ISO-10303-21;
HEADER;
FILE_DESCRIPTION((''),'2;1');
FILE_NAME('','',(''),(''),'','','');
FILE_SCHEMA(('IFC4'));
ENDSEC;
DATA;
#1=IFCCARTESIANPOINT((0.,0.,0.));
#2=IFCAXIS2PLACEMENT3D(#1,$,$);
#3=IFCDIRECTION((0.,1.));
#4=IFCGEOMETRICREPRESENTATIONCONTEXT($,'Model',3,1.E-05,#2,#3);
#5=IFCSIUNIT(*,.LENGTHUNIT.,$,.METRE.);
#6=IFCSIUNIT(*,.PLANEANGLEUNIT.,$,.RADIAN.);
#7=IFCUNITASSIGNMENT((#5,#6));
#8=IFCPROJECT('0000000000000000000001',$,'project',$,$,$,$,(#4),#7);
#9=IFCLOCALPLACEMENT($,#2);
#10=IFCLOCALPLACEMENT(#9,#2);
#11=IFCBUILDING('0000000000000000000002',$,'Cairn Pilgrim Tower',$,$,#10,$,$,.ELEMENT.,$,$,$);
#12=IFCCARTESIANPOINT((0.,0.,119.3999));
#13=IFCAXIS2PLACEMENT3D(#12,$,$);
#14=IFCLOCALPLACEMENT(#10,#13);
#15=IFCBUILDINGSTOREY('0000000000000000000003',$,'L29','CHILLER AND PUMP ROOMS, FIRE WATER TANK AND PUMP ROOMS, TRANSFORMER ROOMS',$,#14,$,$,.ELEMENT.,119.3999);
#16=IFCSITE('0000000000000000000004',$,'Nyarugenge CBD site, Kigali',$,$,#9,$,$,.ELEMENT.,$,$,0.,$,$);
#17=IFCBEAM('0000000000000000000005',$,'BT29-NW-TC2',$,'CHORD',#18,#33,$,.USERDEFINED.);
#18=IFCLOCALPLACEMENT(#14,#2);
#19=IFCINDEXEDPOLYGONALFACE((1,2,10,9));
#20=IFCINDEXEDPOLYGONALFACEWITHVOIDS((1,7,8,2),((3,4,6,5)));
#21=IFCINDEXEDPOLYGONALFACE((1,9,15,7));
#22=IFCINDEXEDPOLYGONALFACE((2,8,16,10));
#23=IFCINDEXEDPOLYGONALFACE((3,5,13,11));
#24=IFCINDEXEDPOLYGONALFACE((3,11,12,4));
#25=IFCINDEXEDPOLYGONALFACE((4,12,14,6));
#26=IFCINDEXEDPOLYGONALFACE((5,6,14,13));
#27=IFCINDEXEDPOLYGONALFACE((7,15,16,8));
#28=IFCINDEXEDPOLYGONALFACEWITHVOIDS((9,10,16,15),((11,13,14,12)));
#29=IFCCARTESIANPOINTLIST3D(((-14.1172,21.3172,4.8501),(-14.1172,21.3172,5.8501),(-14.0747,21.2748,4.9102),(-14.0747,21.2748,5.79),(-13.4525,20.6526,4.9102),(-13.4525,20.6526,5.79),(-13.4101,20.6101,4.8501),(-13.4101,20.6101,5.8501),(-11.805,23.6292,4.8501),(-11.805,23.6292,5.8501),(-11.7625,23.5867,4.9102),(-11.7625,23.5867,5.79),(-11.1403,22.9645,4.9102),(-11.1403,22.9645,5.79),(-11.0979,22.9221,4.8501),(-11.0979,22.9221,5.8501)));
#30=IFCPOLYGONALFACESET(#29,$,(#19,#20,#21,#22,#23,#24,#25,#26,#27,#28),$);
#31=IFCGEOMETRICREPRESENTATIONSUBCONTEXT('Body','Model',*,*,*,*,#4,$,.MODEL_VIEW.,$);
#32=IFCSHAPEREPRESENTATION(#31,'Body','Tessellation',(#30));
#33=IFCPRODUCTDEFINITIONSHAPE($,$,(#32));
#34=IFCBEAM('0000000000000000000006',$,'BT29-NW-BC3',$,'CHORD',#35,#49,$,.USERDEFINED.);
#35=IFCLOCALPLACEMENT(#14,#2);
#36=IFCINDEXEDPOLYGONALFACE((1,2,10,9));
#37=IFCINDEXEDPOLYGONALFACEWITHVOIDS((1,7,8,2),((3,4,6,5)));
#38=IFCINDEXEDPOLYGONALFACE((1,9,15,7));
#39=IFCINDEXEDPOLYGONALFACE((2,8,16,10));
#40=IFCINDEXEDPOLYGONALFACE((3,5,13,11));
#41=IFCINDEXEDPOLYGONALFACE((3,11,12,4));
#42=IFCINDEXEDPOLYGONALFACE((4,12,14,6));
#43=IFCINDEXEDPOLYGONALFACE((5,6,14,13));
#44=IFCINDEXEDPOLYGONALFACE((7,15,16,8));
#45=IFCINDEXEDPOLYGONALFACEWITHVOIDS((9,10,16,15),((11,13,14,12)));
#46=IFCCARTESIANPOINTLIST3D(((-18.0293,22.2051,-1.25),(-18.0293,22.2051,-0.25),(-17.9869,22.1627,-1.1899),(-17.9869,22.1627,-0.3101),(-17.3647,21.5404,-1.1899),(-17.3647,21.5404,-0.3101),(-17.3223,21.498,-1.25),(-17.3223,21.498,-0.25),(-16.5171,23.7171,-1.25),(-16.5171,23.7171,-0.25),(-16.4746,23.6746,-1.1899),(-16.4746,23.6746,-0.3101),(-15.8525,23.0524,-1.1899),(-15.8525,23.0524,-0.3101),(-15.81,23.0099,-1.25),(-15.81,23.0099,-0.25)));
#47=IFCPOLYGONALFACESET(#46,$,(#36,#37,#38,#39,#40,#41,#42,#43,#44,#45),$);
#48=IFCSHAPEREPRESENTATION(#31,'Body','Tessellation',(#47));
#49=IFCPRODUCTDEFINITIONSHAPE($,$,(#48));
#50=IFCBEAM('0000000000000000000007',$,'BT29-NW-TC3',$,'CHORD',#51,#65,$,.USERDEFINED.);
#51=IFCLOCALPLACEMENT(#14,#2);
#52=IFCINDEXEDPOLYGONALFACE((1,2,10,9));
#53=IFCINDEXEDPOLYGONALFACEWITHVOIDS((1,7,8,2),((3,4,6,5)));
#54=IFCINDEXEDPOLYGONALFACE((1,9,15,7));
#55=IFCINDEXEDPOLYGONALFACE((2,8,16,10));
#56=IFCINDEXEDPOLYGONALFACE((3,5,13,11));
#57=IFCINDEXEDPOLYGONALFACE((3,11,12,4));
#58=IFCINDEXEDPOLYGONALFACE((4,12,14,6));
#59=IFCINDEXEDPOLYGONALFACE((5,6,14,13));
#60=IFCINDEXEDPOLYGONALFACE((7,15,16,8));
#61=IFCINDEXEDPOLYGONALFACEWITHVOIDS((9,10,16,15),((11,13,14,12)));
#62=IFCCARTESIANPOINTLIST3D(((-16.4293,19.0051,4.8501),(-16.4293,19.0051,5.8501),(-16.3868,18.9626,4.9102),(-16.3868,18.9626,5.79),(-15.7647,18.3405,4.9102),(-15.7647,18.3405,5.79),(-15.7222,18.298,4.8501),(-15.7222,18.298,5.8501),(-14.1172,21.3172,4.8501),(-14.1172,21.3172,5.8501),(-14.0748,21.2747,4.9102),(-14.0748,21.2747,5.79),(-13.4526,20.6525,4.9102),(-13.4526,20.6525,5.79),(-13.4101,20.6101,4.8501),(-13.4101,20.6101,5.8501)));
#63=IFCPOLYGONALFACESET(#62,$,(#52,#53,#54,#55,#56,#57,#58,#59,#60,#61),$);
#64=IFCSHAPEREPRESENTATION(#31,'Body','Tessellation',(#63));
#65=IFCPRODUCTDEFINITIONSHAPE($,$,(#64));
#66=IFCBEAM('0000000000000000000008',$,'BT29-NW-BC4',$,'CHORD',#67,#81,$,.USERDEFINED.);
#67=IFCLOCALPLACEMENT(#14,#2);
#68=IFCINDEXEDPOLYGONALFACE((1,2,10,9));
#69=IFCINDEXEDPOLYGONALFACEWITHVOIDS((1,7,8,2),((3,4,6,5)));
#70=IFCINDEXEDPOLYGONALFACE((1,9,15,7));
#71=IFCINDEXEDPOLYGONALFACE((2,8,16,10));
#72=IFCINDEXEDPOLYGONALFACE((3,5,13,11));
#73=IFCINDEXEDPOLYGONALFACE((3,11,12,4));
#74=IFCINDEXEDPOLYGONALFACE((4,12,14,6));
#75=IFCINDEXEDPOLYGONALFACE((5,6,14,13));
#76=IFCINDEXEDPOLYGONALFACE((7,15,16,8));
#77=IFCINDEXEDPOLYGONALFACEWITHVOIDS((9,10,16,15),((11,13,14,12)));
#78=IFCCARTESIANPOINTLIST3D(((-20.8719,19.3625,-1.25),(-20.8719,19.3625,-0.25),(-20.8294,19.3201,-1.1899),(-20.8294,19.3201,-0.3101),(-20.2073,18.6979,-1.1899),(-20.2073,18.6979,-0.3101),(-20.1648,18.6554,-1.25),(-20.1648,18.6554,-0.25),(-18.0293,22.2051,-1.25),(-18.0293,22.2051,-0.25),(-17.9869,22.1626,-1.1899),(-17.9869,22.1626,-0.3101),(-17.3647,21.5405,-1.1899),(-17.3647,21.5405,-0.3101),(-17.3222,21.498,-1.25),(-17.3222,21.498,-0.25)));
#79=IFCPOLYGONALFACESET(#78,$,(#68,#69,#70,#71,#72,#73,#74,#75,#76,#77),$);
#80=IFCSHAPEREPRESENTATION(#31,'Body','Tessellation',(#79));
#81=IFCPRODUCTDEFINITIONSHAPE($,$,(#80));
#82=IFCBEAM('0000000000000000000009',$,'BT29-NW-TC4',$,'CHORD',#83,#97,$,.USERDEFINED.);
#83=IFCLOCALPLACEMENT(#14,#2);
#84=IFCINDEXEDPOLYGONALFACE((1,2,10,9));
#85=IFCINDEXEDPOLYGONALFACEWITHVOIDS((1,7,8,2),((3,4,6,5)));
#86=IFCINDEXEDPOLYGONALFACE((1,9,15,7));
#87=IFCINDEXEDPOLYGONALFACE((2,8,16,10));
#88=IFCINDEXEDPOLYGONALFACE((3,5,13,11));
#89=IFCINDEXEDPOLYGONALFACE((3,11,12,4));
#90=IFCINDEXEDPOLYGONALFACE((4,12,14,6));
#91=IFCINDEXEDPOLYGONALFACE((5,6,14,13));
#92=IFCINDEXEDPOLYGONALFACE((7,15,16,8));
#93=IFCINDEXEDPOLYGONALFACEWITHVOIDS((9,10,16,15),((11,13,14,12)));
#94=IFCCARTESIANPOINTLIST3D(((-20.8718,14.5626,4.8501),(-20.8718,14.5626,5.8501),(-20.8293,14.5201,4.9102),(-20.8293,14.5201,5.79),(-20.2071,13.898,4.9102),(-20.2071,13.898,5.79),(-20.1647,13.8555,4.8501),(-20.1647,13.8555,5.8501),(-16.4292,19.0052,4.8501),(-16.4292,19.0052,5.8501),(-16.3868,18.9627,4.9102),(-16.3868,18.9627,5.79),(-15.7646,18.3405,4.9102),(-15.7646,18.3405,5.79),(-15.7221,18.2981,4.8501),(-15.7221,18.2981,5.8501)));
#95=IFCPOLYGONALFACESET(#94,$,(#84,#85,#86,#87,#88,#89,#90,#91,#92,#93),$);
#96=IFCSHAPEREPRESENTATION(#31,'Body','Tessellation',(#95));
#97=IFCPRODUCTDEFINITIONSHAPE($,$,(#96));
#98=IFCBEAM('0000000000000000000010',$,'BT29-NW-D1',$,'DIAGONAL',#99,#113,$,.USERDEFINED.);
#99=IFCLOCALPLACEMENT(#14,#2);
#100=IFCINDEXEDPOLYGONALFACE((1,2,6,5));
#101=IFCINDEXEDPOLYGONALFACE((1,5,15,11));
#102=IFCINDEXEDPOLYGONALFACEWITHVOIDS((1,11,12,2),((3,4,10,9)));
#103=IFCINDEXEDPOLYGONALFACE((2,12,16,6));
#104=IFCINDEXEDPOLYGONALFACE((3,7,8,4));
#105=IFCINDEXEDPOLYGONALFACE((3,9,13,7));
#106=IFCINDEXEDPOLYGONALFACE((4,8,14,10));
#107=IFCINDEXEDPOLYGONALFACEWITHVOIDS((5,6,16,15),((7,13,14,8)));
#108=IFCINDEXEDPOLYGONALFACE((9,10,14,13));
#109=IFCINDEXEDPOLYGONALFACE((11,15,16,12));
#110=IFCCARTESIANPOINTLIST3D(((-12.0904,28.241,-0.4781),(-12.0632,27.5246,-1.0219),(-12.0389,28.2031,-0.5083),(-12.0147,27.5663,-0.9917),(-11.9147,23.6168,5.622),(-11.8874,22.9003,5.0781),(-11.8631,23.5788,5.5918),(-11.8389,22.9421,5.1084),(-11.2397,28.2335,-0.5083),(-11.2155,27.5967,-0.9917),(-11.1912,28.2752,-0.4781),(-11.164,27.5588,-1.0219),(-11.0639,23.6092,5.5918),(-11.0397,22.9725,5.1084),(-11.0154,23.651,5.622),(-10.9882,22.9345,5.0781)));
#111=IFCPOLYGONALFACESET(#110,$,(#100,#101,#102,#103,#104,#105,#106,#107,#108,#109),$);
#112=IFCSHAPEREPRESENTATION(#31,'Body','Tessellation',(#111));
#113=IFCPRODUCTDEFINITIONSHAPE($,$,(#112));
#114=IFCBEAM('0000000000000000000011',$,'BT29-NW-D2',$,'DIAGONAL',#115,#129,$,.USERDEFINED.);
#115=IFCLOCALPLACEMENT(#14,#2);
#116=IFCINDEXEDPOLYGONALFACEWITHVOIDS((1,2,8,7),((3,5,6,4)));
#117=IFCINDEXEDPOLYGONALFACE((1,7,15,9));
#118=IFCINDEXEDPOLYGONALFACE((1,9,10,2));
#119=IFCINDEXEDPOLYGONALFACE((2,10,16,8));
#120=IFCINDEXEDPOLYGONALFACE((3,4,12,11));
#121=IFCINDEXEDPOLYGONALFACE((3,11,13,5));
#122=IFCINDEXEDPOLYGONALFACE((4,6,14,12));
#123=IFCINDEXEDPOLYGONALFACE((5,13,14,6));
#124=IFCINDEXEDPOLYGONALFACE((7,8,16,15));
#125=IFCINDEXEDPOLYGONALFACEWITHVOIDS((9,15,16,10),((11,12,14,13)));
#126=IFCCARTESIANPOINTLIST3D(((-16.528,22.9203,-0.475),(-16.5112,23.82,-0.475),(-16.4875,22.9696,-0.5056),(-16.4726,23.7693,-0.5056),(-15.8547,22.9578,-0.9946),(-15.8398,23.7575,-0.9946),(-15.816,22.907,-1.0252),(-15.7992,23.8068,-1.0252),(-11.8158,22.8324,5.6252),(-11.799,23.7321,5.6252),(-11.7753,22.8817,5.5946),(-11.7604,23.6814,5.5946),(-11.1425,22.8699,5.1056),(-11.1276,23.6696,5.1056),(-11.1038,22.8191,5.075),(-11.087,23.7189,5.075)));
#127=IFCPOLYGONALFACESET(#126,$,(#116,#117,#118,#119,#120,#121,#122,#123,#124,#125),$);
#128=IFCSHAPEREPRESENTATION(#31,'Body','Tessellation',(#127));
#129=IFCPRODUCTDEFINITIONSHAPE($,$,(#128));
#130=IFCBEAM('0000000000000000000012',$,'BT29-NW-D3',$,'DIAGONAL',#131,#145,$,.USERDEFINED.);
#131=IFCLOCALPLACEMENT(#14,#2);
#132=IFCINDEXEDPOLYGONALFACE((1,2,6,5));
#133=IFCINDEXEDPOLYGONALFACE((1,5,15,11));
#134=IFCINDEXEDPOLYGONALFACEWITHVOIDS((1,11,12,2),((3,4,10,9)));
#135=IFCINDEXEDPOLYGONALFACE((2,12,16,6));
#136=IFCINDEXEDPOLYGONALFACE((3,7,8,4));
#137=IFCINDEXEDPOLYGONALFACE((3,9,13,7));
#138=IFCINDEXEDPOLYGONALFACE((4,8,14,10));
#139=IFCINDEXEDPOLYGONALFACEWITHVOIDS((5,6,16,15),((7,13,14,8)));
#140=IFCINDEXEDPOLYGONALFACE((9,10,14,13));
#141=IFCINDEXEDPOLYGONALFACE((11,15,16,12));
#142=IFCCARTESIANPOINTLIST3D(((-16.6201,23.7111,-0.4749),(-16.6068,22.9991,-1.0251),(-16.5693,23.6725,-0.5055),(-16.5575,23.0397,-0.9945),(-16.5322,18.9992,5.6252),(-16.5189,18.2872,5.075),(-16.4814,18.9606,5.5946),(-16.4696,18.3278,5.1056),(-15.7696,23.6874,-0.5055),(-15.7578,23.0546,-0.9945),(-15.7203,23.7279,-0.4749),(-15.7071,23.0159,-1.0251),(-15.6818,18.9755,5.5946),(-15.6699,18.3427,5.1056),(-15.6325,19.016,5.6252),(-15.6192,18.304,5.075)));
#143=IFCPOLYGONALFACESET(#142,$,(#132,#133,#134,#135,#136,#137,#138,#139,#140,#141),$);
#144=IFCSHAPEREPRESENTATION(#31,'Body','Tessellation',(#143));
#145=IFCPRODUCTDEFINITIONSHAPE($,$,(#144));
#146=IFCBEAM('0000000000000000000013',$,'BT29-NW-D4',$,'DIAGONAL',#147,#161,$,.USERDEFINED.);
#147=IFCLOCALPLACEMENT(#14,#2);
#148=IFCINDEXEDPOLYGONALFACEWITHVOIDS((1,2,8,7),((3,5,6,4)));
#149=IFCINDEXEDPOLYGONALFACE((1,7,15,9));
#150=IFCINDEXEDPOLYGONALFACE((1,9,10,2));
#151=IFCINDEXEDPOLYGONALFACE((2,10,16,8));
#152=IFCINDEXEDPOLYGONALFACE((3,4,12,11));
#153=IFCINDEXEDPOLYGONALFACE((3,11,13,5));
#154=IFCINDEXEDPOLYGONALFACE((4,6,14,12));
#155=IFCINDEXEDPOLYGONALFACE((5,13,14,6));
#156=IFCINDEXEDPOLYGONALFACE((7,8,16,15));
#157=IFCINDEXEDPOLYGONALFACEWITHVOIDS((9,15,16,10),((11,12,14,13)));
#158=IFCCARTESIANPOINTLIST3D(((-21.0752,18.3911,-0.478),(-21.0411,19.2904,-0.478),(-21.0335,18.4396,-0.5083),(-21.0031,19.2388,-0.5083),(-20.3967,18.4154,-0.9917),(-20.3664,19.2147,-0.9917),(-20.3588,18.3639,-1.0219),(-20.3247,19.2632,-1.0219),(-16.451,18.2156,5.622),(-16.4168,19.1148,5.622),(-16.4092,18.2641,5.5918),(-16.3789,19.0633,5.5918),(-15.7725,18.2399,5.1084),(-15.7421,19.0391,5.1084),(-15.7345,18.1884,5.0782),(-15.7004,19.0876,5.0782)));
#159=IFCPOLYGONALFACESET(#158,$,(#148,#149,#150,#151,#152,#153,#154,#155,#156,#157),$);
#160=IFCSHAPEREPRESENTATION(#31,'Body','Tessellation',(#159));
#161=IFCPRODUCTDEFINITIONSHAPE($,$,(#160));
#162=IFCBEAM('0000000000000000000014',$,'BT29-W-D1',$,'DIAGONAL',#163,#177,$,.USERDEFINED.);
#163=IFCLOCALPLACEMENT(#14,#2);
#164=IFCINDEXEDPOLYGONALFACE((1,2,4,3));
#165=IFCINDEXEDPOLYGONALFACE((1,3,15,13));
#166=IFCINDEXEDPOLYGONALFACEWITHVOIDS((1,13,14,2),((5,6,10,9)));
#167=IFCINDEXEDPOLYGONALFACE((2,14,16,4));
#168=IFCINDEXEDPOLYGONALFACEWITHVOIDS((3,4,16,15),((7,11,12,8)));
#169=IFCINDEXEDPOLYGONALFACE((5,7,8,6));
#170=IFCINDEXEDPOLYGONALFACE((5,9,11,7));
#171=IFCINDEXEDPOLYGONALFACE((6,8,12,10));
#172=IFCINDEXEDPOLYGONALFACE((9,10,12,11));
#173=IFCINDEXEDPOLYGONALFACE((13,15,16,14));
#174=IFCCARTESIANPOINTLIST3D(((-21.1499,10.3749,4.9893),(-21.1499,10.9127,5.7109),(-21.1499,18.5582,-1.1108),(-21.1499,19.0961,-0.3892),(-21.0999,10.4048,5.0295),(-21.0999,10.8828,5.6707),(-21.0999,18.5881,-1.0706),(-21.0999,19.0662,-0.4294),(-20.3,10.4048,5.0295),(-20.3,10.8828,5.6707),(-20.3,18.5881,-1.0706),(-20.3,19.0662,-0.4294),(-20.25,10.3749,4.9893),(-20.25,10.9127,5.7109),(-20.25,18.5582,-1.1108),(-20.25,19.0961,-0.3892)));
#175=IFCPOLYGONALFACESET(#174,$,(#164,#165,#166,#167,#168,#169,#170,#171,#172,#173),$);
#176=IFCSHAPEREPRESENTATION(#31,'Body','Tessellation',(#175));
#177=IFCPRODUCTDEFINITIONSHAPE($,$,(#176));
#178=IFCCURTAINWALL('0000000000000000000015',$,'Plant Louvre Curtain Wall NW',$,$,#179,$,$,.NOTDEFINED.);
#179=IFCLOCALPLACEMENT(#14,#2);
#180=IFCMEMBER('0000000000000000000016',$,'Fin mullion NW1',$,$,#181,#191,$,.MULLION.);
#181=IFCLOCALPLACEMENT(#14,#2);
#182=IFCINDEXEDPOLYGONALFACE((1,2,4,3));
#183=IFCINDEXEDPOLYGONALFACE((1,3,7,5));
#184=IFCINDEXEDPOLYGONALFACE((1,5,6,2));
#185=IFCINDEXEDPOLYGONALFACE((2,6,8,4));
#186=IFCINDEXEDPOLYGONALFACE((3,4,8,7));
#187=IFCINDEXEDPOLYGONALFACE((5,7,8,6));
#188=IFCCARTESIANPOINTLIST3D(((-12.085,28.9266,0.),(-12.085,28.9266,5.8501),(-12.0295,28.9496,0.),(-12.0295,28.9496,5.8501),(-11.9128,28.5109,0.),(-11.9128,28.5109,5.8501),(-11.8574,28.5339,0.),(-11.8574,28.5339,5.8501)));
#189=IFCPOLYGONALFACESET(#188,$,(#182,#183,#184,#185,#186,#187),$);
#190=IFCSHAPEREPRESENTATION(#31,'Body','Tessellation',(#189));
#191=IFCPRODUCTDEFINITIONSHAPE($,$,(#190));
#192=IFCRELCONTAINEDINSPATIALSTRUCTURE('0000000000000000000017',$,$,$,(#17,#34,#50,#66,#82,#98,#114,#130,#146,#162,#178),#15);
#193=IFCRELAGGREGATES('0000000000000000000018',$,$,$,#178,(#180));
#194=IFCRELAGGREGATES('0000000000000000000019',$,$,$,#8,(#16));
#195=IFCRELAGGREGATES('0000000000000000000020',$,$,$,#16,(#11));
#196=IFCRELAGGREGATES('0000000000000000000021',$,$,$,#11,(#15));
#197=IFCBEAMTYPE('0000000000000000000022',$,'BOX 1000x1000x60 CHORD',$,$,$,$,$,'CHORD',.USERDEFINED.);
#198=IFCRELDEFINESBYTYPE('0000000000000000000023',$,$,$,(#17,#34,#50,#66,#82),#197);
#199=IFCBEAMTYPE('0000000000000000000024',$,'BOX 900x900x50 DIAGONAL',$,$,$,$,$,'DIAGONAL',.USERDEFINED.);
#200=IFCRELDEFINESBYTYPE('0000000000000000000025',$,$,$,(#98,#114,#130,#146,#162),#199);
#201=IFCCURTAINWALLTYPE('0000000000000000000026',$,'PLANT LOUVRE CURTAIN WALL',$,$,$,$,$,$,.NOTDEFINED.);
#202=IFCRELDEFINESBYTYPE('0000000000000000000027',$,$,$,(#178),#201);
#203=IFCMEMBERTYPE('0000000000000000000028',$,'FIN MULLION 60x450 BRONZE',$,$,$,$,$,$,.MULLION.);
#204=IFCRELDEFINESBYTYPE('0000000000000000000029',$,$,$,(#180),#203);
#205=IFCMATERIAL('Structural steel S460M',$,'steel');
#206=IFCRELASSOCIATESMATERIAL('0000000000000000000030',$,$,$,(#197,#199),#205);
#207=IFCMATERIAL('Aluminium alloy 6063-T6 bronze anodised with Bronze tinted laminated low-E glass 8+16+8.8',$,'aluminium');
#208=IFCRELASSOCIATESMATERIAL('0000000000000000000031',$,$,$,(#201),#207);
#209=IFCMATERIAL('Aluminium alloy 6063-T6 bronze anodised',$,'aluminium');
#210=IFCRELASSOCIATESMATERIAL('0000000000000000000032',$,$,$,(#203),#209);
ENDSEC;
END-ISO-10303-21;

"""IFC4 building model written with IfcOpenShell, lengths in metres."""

from ifc_helpers import new_model, si_unit, direction, frame, origin, origin_2d, place, context, subcontext, project, spatial, rectangle, hollow_rectangle, extrude, material, material_profile, profile_set, type_object, element, aggregate, save


model = new_model("IFC4")

# Units and contexts
model_context = context("Model", 3, precision=1e-05, world=origin(), true_north=direction((0.0, 1.0)))
body_context = subcontext(model_context, "Body", "Model", "MODEL_VIEW")
ifc_project = project(units=[si_unit("LENGTHUNIT", "METRE"), si_unit("PLANEANGLEUNIT", "RADIAN")], contexts=[model_context])

# Site, building, storey
site_placement = place(None, origin())
site = spatial("IfcSite", under=ifc_project, at=site_placement, Name="Nyarugenge CBD site, Kigali", CompositionType="ELEMENT", RefElevation=0.0)
building_placement = place(site_placement, origin())
building = spatial("IfcBuilding", under=site, at=building_placement, Name="Cairn Pilgrim Tower", CompositionType="ELEMENT")
storey_placement = place(building_placement, frame((0.0, 0.0, 119.3999)))
storey = spatial("IfcBuildingStorey", under=building, at=storey_placement, Name="L29", Description="CHILLER AND PUMP ROOMS, FIRE WATER TANK AND PUMP ROOMS, TRANSFORMER ROOMS", CompositionType="ELEMENT", Elevation=119.3999)

# Shared definitions
ifc_material_1 = material(Name="Structural steel S460M", Category="steel")

# Beams
ifc_material_profile_1 = material_profile(ifc_material_1, hollow_rectangle(XDim=1.0, YDim=1.0, WallThickness=0.0601, at=origin_2d()), Name="BOX 1000x1000x60")
ifc_profile_set_1 = profile_set([ifc_material_profile_1], Name="Structural steel S460M")
beam_type_1 = type_object("IfcBeamType", Name="BOX 1000x1000x60 CHORD", ElementType="CHORD", PredefinedType="USERDEFINED", material=ifc_profile_set_1)
beam_1_placement = place(storey_placement, frame((-11.4514, 23.2756, 5.3501), z_axis=(-0.707144, -0.707069, 0.0), x_axis=(0.707069, -0.707144, 0.0)))
element("IfcBeam", 1, at=beam_1_placement, inside=storey, type_object=beam_type_1, Name="BT29-NW-TC2", ObjectType="CHORD", PredefinedType="USERDEFINED", context=body_context, shape_type="SweptSolid", body=[
    extrude(hollow_rectangle(XDim=1.0, YDim=1.0, WallThickness=0.0601, at=origin_2d()), origin(), (0.0, 0.0, 1.0), 3.2698),
])
beam_2_placement = place(storey_placement, frame((-16.1636, 23.3635, -0.75), z_axis=(-0.707164, -0.70705, 0.0), x_axis=(0.70705, -0.707164, 0.0)))
element("IfcBeam", 2, at=beam_2_placement, inside=storey, type_object=beam_type_1, Name="BT29-NW-BC3", ObjectType="CHORD", PredefinedType="USERDEFINED", context=body_context, shape_type="SweptSolid", body=[
    extrude(hollow_rectangle(XDim=1.0, YDim=1.0, WallThickness=0.0601, at=origin_2d()), origin(), (0.0, 0.0, 1.0), 2.1384),
])
beam_3_placement = place(storey_placement, frame((-13.7637, 20.9636, 5.3501), z_axis=(-0.707107, -0.707107, 0.0), x_axis=(0.707107, -0.707107, 0.0)))
element("IfcBeam", 3, at=beam_3_placement, inside=storey, type_object=beam_type_1, Name="BT29-NW-TC3", ObjectType="CHORD", PredefinedType="USERDEFINED", context=body_context, shape_type="SweptSolid", body=[
    extrude(hollow_rectangle(XDim=1.0, YDim=1.0, WallThickness=0.0601, at=origin_2d()), origin(), (0.0, 0.0, 1.0), 3.2698),
])
beam_4_placement = place(storey_placement, frame((-17.6758, 21.8516, -0.75), z_axis=(-0.707107, -0.707107, 0.0), x_axis=(0.707107, -0.707107, 0.0)))
element("IfcBeam", 4, at=beam_4_placement, inside=storey, type_object=beam_type_1, Name="BT29-NW-BC4", ObjectType="CHORD", PredefinedType="USERDEFINED", context=body_context, shape_type="SweptSolid", body=[
    extrude(hollow_rectangle(XDim=1.0, YDim=1.0, WallThickness=0.0601, at=origin_2d()), origin(), (0.0, 0.0, 1.0), 4.02),
])
beam_5_placement = place(storey_placement, frame((-16.0757, 18.6516, 5.3501), z_axis=(-0.707107, -0.707107, 0.0), x_axis=(0.707107, -0.707107, 0.0)))
element("IfcBeam", 5, at=beam_5_placement, inside=storey, type_object=beam_type_1, Name="BT29-NW-TC4", ObjectType="CHORD", PredefinedType="USERDEFINED", context=body_context, shape_type="SweptSolid", body=[
    extrude(hollow_rectangle(XDim=1.0, YDim=1.0, WallThickness=0.0601, at=origin_2d()), origin(), (0.0, 0.0, 1.0), 6.2827),
])
ifc_material_profile_2 = material_profile(ifc_material_1, hollow_rectangle(XDim=0.8999, YDim=0.8999, WallThickness=0.05, at=origin_2d()), Name="BOX 900x900x50")
ifc_profile_set_2 = profile_set([ifc_material_profile_2], Name="Structural steel S460M")
beam_type_2 = type_object("IfcBeamType", Name="BOX 900x900x50 DIAGONAL", ElementType="DIAGONAL", PredefinedType="USERDEFINED", material=ifc_profile_set_2)
beam_6_placement = place(storey_placement, frame((-11.6272, 27.8999, -0.75), z_axis=(0.022958, -0.603946, 0.796695), x_axis=(0.999278, 0.037985, 0.0)))
element("IfcBeam", 6, at=beam_6_placement, inside=storey, type_object=beam_type_2, Name="BT29-NW-D1", ObjectType="DIAGONAL", PredefinedType="USERDEFINED", context=body_context, shape_type="SweptSolid", body=[
    extrude(hollow_rectangle(XDim=0.8999, YDim=0.8999, WallThickness=0.05, at=origin_2d()), origin(), (0.0, 0.0, 1.0), 7.6567),
])
beam_7_placement = place(storey_placement, frame((-11.4514, 23.2756, 5.3501), z_axis=(-0.611282, 0.011402, -0.791331), x_axis=(-0.018649, -0.999826, 0.0)))
element("IfcBeam", 7, at=beam_7_placement, inside=storey, type_object=beam_type_2, Name="BT29-NW-D2", ObjectType="DIAGONAL", PredefinedType="USERDEFINED", context=body_context, shape_type="SweptSolid", body=[
    extrude(hollow_rectangle(XDim=0.8999, YDim=0.8999, WallThickness=0.05, at=origin_2d()), origin(), (0.0, 0.0, 1.0), 7.7087),
])
beam_8_placement = place(storey_placement, frame((-16.1636, 23.3635, -0.75), z_axis=(0.011402, -0.611262, 0.791346), x_axis=(0.999826, 0.01865, 0.0)))
element("IfcBeam", 8, at=beam_8_placement, inside=storey, type_object=beam_type_2, Name="BT29-NW-D3", ObjectType="DIAGONAL", PredefinedType="USERDEFINED", context=body_context, shape_type="SweptSolid", body=[
    extrude(hollow_rectangle(XDim=0.8999, YDim=0.8999, WallThickness=0.05, at=origin_2d()), origin(), (0.0, 0.0, 1.0), 7.7085),
])
beam_9_placement = place(storey_placement, frame((-16.0757, 18.6516, 5.3501), z_axis=(-0.603946, 0.022926, -0.796695), x_axis=(-0.037933, -0.99928, 0.0)))
element("IfcBeam", 9, at=beam_9_placement, inside=storey, type_object=beam_type_2, Name="BT29-NW-D4", ObjectType="DIAGONAL", PredefinedType="USERDEFINED", context=body_context, shape_type="SweptSolid", body=[
    extrude(hollow_rectangle(XDim=0.8999, YDim=0.8999, WallThickness=0.05, at=origin_2d()), origin(), (0.0, 0.0, 1.0), 7.6567),
])
beam_10_placement = place(storey_placement, frame((-20.7, 18.8271, -0.75), z_axis=(0.0, -0.801756, 0.597651), x_axis=(1.0, 0.0, 0.0)))
element("IfcBeam", 10, at=beam_10_placement, inside=storey, type_object=beam_type_2, Name="BT29-W-D1", ObjectType="DIAGONAL", PredefinedType="USERDEFINED", context=body_context, shape_type="SweptSolid", body=[
    extrude(hollow_rectangle(XDim=0.8999, YDim=0.8999, WallThickness=0.05, at=origin_2d()), origin(), (0.0, 0.0, 1.0), 10.2068),
])

# Curtain wall, member
ifc_material_2 = material(Name="Aluminium alloy 6063-T6 bronze anodised with Bronze tinted laminated low-E glass 8+16+8.8", Category="aluminium")
curtain_wall_type = type_object("IfcCurtainWallType", Name="PLANT LOUVRE CURTAIN WALL", PredefinedType="NOTDEFINED", material=ifc_material_2)
curtain_wall_1_placement = place(storey_placement, origin())
curtain_wall_1 = element("IfcCurtainWall", 11, at=curtain_wall_1_placement, inside=storey, type_object=curtain_wall_type, Name="Plant Louvre Curtain Wall NW", PredefinedType="NOTDEFINED")
ifc_material_3 = material(Name="Aluminium alloy 6063-T6 bronze anodised", Category="aluminium")
ifc_material_profile_3 = material_profile(ifc_material_3, rectangle(XDim=0.45, YDim=0.0601, at=origin_2d()), Name="FIN MULLION 60x450 BRONZE")
ifc_profile_set_3 = profile_set([ifc_material_profile_3], Name="Aluminium alloy 6063-T6 bronze anodised")
member_type_1 = type_object("IfcMemberType", Name="FIN MULLION 60x450 BRONZE", PredefinedType="MULLION", material=ifc_profile_set_3)
member_1_placement = place(storey_placement, frame((-11.9712, 28.7302, 0.0), z_axis=(0.0, 0.0, 1.0), x_axis=(-0.382683, 0.92388, 0.0)))
member_1 = element("IfcMember", 12, at=member_1_placement, type_object=member_type_1, Name="Fin mullion NW1", PredefinedType="MULLION", context=body_context, shape_type="SweptSolid", body=[
    extrude(rectangle(XDim=0.45, YDim=0.0601, at=origin_2d()), origin(), (0.0, 0.0, 1.0), 5.8501),
])

aggregate(curtain_wall_1, [member_1])

save(model, "model.ifc")
